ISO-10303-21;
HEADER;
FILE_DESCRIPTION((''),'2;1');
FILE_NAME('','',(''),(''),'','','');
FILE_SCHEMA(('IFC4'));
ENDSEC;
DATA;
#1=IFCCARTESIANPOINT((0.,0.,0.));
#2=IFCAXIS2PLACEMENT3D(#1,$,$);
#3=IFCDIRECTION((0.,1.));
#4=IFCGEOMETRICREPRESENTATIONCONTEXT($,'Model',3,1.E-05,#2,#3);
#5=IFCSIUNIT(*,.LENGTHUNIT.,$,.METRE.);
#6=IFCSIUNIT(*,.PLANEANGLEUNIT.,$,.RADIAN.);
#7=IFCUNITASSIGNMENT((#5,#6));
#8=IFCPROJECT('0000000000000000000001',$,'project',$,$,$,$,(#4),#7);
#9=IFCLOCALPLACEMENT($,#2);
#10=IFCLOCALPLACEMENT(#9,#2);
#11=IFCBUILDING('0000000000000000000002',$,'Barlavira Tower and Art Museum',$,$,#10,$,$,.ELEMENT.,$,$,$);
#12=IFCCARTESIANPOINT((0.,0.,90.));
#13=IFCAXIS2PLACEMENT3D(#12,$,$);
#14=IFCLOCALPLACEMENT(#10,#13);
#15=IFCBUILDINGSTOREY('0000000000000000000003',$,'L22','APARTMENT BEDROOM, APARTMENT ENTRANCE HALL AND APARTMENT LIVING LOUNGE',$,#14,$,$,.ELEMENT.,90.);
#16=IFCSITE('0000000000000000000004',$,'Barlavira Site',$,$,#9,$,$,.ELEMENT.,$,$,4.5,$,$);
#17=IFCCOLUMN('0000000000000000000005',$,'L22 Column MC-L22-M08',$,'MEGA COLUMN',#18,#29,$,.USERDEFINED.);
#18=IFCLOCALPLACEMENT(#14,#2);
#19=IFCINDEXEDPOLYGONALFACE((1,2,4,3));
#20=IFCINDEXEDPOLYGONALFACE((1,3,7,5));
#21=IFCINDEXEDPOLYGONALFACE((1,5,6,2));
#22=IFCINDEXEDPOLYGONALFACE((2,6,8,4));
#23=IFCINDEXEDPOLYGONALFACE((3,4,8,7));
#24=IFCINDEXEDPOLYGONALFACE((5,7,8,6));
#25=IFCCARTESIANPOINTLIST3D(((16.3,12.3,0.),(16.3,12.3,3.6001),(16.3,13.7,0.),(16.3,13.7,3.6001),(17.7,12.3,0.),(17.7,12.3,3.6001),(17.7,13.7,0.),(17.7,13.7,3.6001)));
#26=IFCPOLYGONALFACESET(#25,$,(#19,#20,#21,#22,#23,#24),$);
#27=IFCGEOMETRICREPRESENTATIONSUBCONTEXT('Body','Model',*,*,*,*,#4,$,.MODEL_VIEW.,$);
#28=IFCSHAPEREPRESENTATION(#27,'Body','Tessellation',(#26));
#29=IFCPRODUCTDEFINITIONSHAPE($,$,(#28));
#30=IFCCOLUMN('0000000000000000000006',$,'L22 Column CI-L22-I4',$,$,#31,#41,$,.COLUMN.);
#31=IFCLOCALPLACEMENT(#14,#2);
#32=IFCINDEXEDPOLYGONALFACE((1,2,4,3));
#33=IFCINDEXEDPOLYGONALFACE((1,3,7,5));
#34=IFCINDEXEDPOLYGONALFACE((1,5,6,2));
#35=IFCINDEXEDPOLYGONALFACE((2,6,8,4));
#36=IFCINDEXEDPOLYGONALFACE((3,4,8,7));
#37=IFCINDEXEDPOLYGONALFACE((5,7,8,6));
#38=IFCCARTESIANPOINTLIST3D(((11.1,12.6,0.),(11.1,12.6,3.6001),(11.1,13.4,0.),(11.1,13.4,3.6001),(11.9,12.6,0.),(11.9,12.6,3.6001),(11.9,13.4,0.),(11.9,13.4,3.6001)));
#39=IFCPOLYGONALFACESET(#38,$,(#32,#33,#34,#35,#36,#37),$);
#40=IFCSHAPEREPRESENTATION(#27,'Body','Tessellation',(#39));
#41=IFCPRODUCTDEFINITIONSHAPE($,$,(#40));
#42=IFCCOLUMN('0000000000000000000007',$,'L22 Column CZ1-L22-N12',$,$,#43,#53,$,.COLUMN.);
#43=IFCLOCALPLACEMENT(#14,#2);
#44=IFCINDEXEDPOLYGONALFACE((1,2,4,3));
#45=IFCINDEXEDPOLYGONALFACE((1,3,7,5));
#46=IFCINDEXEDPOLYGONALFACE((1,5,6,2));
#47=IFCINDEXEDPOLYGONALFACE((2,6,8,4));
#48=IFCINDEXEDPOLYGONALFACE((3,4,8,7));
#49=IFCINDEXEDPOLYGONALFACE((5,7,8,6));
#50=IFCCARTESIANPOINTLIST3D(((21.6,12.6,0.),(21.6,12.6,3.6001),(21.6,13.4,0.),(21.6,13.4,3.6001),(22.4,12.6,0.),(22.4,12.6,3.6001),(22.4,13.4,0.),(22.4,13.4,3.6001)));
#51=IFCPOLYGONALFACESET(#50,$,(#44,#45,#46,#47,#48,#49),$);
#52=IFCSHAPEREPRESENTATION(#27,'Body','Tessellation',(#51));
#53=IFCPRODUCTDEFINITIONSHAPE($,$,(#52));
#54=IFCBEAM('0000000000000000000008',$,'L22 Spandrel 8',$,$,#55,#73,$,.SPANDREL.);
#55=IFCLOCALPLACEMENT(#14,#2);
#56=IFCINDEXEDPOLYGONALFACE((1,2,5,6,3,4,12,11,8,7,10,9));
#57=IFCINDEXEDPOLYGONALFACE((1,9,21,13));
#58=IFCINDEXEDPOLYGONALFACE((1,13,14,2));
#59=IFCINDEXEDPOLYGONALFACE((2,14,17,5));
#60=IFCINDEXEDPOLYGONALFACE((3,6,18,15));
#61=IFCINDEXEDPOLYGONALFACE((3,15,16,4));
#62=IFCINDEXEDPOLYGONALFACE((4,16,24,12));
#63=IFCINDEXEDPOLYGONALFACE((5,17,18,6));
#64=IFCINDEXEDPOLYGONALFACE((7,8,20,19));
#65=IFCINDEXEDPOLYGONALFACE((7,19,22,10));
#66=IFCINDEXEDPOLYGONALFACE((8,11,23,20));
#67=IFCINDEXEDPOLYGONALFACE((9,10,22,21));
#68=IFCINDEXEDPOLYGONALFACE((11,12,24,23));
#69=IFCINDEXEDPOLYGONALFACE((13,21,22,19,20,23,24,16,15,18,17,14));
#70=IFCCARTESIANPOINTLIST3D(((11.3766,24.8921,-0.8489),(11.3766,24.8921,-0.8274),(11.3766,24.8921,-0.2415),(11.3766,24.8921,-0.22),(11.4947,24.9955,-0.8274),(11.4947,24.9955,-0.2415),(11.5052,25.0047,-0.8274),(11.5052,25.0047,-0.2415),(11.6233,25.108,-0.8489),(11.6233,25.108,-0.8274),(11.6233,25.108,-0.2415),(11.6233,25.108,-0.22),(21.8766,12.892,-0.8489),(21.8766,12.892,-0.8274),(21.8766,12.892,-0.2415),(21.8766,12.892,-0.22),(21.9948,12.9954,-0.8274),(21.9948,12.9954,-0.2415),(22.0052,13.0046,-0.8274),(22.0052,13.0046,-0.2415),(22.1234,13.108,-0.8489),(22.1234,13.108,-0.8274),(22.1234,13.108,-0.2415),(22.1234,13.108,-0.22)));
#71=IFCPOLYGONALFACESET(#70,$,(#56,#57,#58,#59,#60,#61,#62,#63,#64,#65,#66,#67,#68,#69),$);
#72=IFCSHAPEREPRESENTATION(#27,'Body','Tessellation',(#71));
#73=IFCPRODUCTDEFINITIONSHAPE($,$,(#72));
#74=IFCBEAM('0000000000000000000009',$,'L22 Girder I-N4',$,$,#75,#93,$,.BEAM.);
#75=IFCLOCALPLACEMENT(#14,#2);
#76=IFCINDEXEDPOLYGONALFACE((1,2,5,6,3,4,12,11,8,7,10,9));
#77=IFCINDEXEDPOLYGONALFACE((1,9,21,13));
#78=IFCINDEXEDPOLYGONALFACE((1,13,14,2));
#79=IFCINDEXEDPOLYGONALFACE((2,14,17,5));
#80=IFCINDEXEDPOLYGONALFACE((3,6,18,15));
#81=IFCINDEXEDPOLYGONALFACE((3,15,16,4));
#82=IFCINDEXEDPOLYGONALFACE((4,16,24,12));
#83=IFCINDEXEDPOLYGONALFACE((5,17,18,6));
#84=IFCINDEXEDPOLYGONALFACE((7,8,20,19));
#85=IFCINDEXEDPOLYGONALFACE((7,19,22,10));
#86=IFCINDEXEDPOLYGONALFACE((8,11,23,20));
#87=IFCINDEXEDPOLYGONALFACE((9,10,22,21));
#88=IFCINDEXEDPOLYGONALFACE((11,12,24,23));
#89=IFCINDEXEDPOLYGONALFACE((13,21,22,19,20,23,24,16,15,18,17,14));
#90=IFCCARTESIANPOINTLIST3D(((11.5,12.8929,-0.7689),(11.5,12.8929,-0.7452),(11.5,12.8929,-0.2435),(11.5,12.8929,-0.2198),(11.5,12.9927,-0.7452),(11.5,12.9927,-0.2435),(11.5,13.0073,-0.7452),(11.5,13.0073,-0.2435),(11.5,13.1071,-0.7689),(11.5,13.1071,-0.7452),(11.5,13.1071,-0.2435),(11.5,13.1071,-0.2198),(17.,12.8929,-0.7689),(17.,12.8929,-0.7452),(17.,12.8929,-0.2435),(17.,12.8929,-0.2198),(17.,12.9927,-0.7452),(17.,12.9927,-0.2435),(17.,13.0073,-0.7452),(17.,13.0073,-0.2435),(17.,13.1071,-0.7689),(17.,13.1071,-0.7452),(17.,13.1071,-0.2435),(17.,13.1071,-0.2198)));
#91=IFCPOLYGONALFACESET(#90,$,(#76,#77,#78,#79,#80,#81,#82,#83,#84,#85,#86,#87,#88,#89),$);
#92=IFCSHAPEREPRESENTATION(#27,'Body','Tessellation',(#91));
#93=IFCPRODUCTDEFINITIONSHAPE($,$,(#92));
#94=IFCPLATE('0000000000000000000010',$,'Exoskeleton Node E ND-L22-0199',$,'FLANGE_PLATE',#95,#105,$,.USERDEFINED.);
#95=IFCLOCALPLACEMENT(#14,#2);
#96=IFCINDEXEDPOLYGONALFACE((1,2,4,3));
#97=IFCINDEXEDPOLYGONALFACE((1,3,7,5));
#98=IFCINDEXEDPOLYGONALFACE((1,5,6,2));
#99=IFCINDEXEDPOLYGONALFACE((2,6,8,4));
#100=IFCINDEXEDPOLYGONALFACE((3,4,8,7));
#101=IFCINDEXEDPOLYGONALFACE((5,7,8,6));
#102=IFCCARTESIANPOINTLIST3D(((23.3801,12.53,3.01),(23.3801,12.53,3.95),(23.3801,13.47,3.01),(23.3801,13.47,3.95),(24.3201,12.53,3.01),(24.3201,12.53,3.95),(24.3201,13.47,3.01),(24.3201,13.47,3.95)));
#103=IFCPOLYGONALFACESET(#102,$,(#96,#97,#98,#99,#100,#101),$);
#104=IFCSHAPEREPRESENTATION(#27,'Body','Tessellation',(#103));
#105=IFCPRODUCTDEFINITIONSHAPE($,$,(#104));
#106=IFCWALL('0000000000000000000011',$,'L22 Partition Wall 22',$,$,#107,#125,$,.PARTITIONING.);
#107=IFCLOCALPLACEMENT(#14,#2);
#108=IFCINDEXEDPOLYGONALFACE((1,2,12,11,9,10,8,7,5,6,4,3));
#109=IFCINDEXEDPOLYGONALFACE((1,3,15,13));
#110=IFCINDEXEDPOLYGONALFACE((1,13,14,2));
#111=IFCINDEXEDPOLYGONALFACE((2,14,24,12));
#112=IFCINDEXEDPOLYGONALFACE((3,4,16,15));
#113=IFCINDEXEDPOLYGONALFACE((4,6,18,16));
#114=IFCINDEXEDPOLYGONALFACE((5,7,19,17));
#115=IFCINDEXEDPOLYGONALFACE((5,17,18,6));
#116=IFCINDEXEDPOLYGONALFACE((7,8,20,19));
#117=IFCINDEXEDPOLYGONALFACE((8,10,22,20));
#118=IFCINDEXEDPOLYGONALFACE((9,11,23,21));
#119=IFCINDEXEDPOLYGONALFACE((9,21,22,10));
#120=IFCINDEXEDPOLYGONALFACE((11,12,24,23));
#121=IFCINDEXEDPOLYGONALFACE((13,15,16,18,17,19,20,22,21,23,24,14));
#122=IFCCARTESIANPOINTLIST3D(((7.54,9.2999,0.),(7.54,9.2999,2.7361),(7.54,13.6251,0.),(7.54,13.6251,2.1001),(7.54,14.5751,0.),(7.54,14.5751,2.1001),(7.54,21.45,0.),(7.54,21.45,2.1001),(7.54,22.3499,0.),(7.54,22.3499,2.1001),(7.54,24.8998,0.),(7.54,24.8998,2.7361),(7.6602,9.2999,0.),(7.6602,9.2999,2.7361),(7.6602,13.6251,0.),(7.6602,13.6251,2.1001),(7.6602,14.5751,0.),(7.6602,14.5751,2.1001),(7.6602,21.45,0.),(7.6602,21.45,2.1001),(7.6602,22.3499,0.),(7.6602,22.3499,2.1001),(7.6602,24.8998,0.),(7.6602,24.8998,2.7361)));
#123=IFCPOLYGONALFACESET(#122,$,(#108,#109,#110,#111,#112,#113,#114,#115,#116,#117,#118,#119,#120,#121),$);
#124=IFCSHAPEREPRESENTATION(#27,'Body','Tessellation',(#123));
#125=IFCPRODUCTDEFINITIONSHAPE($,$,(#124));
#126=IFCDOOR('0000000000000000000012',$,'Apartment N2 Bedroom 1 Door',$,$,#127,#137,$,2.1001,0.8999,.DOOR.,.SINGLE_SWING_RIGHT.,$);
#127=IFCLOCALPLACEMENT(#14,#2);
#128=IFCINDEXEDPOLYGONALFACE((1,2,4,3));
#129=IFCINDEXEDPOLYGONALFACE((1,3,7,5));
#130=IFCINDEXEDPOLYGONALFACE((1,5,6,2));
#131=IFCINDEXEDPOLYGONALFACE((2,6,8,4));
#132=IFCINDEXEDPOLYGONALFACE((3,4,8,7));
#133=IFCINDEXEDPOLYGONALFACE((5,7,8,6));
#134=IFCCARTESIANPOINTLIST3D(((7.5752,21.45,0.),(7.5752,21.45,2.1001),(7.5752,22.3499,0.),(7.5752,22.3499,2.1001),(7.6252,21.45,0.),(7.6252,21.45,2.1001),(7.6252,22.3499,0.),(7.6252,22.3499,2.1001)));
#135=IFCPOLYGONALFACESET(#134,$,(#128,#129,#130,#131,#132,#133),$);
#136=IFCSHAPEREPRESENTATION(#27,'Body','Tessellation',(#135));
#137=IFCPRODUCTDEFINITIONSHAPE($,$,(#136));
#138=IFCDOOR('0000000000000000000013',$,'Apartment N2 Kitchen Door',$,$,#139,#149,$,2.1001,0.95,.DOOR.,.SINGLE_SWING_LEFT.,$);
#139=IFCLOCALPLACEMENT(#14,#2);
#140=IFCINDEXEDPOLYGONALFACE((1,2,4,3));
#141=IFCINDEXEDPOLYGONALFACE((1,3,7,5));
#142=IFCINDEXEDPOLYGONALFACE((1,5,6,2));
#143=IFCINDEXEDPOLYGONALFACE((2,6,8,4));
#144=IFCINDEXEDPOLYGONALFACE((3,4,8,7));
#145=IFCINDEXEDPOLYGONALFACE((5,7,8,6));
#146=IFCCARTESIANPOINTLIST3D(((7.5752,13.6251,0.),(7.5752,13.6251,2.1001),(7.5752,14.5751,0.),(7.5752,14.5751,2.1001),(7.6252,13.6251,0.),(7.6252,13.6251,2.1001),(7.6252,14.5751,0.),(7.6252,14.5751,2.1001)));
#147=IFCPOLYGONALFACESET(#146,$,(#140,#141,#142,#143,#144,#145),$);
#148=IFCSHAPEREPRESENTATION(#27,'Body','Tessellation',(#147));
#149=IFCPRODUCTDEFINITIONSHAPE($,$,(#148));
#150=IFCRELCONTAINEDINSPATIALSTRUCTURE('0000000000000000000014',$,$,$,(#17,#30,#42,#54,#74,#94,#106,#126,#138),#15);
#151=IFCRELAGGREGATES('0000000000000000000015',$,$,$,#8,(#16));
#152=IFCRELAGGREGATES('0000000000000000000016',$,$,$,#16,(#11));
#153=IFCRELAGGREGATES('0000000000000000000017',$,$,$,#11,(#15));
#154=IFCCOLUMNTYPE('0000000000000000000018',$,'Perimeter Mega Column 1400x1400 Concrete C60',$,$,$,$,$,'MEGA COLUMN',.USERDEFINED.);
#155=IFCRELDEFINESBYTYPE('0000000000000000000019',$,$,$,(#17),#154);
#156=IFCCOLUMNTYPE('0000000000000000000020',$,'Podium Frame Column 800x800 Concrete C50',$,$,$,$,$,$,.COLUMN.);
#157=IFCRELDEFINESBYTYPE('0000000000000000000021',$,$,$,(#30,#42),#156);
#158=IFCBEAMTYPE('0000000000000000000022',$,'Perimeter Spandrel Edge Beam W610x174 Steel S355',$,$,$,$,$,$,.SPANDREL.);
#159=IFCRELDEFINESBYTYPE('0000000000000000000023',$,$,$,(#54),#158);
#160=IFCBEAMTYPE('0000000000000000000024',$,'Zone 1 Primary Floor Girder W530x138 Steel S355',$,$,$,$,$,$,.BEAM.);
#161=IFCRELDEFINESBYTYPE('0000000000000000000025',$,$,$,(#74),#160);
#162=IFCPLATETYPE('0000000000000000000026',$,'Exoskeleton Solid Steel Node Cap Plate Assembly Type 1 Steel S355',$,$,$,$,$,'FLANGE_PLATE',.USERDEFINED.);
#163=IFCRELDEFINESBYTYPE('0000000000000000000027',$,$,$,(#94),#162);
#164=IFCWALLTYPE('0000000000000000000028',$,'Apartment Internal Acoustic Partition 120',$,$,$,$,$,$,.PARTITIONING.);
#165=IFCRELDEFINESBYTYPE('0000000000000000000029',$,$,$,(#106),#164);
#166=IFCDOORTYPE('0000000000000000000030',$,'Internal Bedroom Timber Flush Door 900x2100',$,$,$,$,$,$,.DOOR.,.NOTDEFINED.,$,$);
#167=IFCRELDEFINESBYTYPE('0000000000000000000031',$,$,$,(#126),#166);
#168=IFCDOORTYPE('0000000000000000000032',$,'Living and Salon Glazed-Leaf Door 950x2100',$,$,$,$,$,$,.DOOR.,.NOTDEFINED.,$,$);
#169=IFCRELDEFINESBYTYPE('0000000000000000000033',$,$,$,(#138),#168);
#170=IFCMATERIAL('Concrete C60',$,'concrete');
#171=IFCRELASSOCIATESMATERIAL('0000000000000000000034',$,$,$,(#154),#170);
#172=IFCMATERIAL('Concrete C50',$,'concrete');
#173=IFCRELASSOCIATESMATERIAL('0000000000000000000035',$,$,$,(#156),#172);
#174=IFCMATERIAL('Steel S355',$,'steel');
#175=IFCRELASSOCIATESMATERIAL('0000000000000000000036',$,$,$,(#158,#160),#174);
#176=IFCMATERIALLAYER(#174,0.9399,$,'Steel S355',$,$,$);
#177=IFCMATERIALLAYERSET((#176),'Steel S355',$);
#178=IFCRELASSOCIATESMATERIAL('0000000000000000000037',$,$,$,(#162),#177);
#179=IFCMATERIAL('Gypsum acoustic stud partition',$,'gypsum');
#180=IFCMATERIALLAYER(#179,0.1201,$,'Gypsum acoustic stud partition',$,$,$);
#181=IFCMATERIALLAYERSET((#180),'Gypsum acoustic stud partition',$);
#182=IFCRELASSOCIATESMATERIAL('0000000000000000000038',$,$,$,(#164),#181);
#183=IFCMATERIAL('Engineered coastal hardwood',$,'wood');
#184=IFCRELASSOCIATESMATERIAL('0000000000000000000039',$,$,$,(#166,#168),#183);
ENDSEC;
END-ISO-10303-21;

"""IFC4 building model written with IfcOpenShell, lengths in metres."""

from ifc_helpers import new_model, si_unit, direction, frame, frame_2d, origin, origin_2d, place, context, subcontext, project, spatial, rectangle, i_section, extrude, material, layer, layer_set, material_profile, profile_set, type_object, element, fill, save


model = new_model("IFC4")

# Units and contexts
model_context = context("Model", 3, precision=1e-05, world=origin(), true_north=direction((0.0, 1.0)))
body_context = subcontext(model_context, "Body", "Model", "MODEL_VIEW")
ifc_project = project(units=[si_unit("LENGTHUNIT", "METRE"), si_unit("PLANEANGLEUNIT", "RADIAN")], contexts=[model_context])

# Site, building, storey
site_placement = place(None, origin())
site = spatial("IfcSite", under=ifc_project, at=site_placement, Name="Barlavira Site", CompositionType="ELEMENT", RefElevation=4.5)
building_placement = place(site_placement, origin())
building = spatial("IfcBuilding", under=site, at=building_placement, Name="Barlavira Tower and Art Museum", CompositionType="ELEMENT")
storey_placement = place(building_placement, frame((0.0, 0.0, 90.0)))
storey = spatial("IfcBuildingStorey", under=building, at=storey_placement, Name="L22", Description="APARTMENT BEDROOM, APARTMENT ENTRANCE HALL AND APARTMENT LIVING LOUNGE", CompositionType="ELEMENT", Elevation=90.0)

# Columns
ifc_material_1 = material(Name="Concrete C60", Category="concrete")
ifc_material_profile_1 = material_profile(ifc_material_1, rectangle(XDim=1.3999, YDim=1.3999, at=origin_2d()), Name="RC-MCOL 1400x1400")
ifc_profile_set_1 = profile_set([ifc_material_profile_1], Name="Concrete C60")
column_type_1 = type_object("IfcColumnType", Name="Perimeter Mega Column 1400x1400 Concrete C60", ElementType="MEGA COLUMN", PredefinedType="USERDEFINED", material=ifc_profile_set_1)
column_placement = place(storey_placement, frame((17.0, 13.0, 0.0), z_axis=(0.0, 0.0, 1.0), x_axis=(1.0, 0.0, 0.0)))
element("IfcColumn", 1, at=column_placement, inside=storey, type_object=column_type_1, Name="L22 Column MC-L22-M08", ObjectType="MEGA COLUMN", PredefinedType="USERDEFINED", context=body_context, shape_type="SweptSolid", body=[
    extrude(rectangle(XDim=1.3999, YDim=1.3999, at=origin_2d()), origin(), (0.0, 0.0, 1.0), 3.6001),
])
ifc_material_2 = material(Name="Concrete C50", Category="concrete")
ifc_material_profile_2 = material_profile(ifc_material_2, rectangle(XDim=0.8, YDim=0.8, at=origin_2d()), Name="RC-COL 800x800")
ifc_profile_set_2 = profile_set([ifc_material_profile_2], Name="Concrete C50")
column_type_2 = type_object("IfcColumnType", Name="Podium Frame Column 800x800 Concrete C50", PredefinedType="COLUMN", material=ifc_profile_set_2)
for number, where, z_axis, x_axis, name in (
    (2, (11.5, 13.0, 0.0), (0.0, 0.0, 1.0), (1.0, 0.0, 0.0), "L22 Column CI-L22-I4"),
    (3, (22.0, 13.0, 0.0), (0.0, 0.0, 1.0), (1.0, 0.0, 0.0), "L22 Column CZ1-L22-N12"),
):
    element("IfcColumn", number, at=place(storey_placement, frame(where, z_axis=z_axis, x_axis=x_axis)), inside=storey, type_object=column_type_2, Name=name, PredefinedType="COLUMN", context=body_context, shape_type="SweptSolid", body=[
        extrude(rectangle(XDim=0.8, YDim=0.8, at=origin_2d()), origin(), (0.0, 0.0, 1.0), 3.6001),
    ])

# Beams
ifc_material_3 = material(Name="Steel S355", Category="steel")
ifc_material_profile_3 = material_profile(ifc_material_3, i_section(OverallWidth=0.3279, OverallDepth=0.6289, WebThickness=0.0139, FlangeThickness=0.0215, at=origin_2d()), Name="W610x174.0")
ifc_profile_set_3 = profile_set([ifc_material_profile_3], Name="Steel S355")
beam_type_1 = type_object("IfcBeamType", Name="Perimeter Spandrel Edge Beam W610x174 Steel S355", PredefinedType="SPANDREL", material=ifc_profile_set_3)
beam_1_placement = place(storey_placement, frame((22.0, 13.0, -0.5344), z_axis=(-0.658505, 0.752577, 0.0), x_axis=(-0.752577, -0.658505, 0.0)))
element("IfcBeam", 4, at=beam_1_placement, inside=storey, type_object=beam_type_1, Name="L22 Spandrel 8", PredefinedType="SPANDREL", context=body_context, shape_type="SweptSolid", body=[
    extrude(i_section(OverallWidth=0.3279, OverallDepth=0.6289, WebThickness=0.0139, FlangeThickness=0.0215, at=origin_2d()), origin(), (0.0, 0.0, 1.0), 15.9453),
])
ifc_material_profile_4 = material_profile(ifc_material_3, i_section(OverallWidth=0.2141, OverallDepth=0.5491, WebThickness=0.0146, FlangeThickness=0.0237, at=origin_2d()), Name="W530x138.0")
ifc_profile_set_4 = profile_set([ifc_material_profile_4], Name="Steel S355")
beam_type_2 = type_object("IfcBeamType", Name="Zone 1 Primary Floor Girder W530x138 Steel S355", PredefinedType="BEAM", material=ifc_profile_set_4)
beam_2_placement = place(storey_placement, frame((11.5, 13.0, -0.4944), z_axis=(1.0, 0.0, 0.0), x_axis=(0.0, 1.0, 0.0)))
element("IfcBeam", 5, at=beam_2_placement, inside=storey, type_object=beam_type_2, Name="L22 Girder I-N4", PredefinedType="BEAM", context=body_context, shape_type="SweptSolid", body=[
    extrude(i_section(OverallWidth=0.2141, OverallDepth=0.5491, WebThickness=0.0146, FlangeThickness=0.0237, at=origin_2d()), origin(), (0.0, 0.0, 1.0), 5.5),
])

# Plate
ifc_layer_1 = layer(ifc_material_3, 0.9399, Name="Steel S355")
ifc_layer_set_1 = layer_set([ifc_layer_1], Name="Steel S355")
plate_type = type_object("IfcPlateType", Name="Exoskeleton Solid Steel Node Cap Plate Assembly Type 1 Steel S355", ElementType="FLANGE_PLATE", PredefinedType="USERDEFINED", material=ifc_layer_set_1)
plate_placement = place(storey_placement, frame((23.8501, 13.0, 3.01), z_axis=(0.0, 0.0, 1.0), x_axis=(1.0, 0.0, 0.0)))
element("IfcPlate", 6, at=plate_placement, inside=storey, type_object=plate_type, Name="Exoskeleton Node E ND-L22-0199", ObjectType="FLANGE_PLATE", PredefinedType="USERDEFINED", context=body_context, shape_type="SweptSolid", body=[
    extrude(rectangle(XDim=0.9399, YDim=0.9399, at=origin_2d()), origin(), (0.0, 0.0, 1.0), 0.9399),
])

# Wall, openings, doors
ifc_material_4 = material(Name="Gypsum acoustic stud partition", Category="gypsum")
ifc_layer_2 = layer(ifc_material_4, 0.1201, Name="Gypsum acoustic stud partition")
ifc_layer_set_2 = layer_set([ifc_layer_2], Name="Gypsum acoustic stud partition")
wall_type_1 = type_object("IfcWallType", Name="Apartment Internal Acoustic Partition 120", PredefinedType="PARTITIONING", material=ifc_layer_set_2)
wall_1_placement = place(storey_placement, frame((7.6001, 9.3, 0.0), z_axis=(0.0, 0.0, 1.0), x_axis=(0.0, 1.0, 0.0)))
wall_1 = element("IfcWall", 7, at=wall_1_placement, inside=storey, type_object=wall_type_1, Name="L22 Partition Wall 22", PredefinedType="PARTITIONING", context=body_context, shape_type="SweptSolid", body=[
    extrude(rectangle(XDim=15.5999, YDim=0.1201, at=frame_2d((7.7998, 0.0))), origin(), (0.0, 0.0, 1.0), 2.7361),
])
opening_1_placement = place(wall_1_placement, frame((4.325, 0.0, 0.0)))
opening_1 = element("IfcOpeningElement", 8, at=opening_1_placement, cuts=wall_1, PredefinedType="OPENING", context=body_context, shape_type="SweptSolid", body=[
    extrude(rectangle(XDim=0.95, YDim=2.1001, at=frame_2d((0.4751, 1.05))), frame((0.0, 0.0701, 0.0), z_axis=(0.0, -1.0, 0.0), x_axis=(1.0, 0.0, 0.0)), (0.0, 0.0, 1.0), 0.1401),
])
opening_2_placement = place(wall_1_placement, frame((12.1499, 0.0, 0.0)))
opening_2 = element("IfcOpeningElement", 9, at=opening_2_placement, cuts=wall_1, PredefinedType="OPENING", context=body_context, shape_type="SweptSolid", body=[
    extrude(rectangle(XDim=0.8999, YDim=2.1001, at=frame_2d((0.45, 1.05))), frame((0.0, 0.0701, 0.0), z_axis=(0.0, -1.0, 0.0), x_axis=(1.0, 0.0, 0.0)), (0.0, 0.0, 1.0), 0.1401),
])
ifc_material_5 = material(Name="Engineered coastal hardwood", Category="wood")
door_type_1 = type_object("IfcDoorType", Name="Internal Bedroom Timber Flush Door 900x2100", OperationType="NOTDEFINED", PredefinedType="DOOR", material=ifc_material_5)
door_1_placement = place(opening_2_placement, origin())
door_1 = element("IfcDoor", 10, at=door_1_placement, inside=storey, type_object=door_type_1, Name="Apartment N2 Bedroom 1 Door", OperationType="SINGLE_SWING_RIGHT", OverallHeight=2.1001, OverallWidth=0.8999, PredefinedType="DOOR", context=body_context, shape_type="SweptSolid", body=[
    extrude(rectangle(XDim=0.8999, YDim=2.1001, at=frame_2d((0.45, 1.05))), frame((0.0, 0.0249, 0.0), z_axis=(0.0, -1.0, 0.0), x_axis=(1.0, 0.0, 0.0)), (0.0, 0.0, 1.0), 0.05),
])
fill(opening_2, door_1)
door_type_2 = type_object("IfcDoorType", Name="Living and Salon Glazed-Leaf Door 950x2100", OperationType="NOTDEFINED", PredefinedType="DOOR", material=ifc_material_5)
door_2_placement = place(opening_1_placement, origin())
door_2 = element("IfcDoor", 11, at=door_2_placement, inside=storey, type_object=door_type_2, Name="Apartment N2 Kitchen Door", OperationType="SINGLE_SWING_LEFT", OverallHeight=2.1001, OverallWidth=0.95, PredefinedType="DOOR", context=body_context, shape_type="SweptSolid", body=[
    extrude(rectangle(XDim=0.95, YDim=2.1001, at=frame_2d((0.4751, 1.05))), frame((0.0, 0.0249, 0.0), z_axis=(0.0, -1.0, 0.0), x_axis=(1.0, 0.0, 0.0)), (0.0, 0.0, 1.0), 0.05),
])
fill(opening_1, door_2)

save(model, "model.ifc")
